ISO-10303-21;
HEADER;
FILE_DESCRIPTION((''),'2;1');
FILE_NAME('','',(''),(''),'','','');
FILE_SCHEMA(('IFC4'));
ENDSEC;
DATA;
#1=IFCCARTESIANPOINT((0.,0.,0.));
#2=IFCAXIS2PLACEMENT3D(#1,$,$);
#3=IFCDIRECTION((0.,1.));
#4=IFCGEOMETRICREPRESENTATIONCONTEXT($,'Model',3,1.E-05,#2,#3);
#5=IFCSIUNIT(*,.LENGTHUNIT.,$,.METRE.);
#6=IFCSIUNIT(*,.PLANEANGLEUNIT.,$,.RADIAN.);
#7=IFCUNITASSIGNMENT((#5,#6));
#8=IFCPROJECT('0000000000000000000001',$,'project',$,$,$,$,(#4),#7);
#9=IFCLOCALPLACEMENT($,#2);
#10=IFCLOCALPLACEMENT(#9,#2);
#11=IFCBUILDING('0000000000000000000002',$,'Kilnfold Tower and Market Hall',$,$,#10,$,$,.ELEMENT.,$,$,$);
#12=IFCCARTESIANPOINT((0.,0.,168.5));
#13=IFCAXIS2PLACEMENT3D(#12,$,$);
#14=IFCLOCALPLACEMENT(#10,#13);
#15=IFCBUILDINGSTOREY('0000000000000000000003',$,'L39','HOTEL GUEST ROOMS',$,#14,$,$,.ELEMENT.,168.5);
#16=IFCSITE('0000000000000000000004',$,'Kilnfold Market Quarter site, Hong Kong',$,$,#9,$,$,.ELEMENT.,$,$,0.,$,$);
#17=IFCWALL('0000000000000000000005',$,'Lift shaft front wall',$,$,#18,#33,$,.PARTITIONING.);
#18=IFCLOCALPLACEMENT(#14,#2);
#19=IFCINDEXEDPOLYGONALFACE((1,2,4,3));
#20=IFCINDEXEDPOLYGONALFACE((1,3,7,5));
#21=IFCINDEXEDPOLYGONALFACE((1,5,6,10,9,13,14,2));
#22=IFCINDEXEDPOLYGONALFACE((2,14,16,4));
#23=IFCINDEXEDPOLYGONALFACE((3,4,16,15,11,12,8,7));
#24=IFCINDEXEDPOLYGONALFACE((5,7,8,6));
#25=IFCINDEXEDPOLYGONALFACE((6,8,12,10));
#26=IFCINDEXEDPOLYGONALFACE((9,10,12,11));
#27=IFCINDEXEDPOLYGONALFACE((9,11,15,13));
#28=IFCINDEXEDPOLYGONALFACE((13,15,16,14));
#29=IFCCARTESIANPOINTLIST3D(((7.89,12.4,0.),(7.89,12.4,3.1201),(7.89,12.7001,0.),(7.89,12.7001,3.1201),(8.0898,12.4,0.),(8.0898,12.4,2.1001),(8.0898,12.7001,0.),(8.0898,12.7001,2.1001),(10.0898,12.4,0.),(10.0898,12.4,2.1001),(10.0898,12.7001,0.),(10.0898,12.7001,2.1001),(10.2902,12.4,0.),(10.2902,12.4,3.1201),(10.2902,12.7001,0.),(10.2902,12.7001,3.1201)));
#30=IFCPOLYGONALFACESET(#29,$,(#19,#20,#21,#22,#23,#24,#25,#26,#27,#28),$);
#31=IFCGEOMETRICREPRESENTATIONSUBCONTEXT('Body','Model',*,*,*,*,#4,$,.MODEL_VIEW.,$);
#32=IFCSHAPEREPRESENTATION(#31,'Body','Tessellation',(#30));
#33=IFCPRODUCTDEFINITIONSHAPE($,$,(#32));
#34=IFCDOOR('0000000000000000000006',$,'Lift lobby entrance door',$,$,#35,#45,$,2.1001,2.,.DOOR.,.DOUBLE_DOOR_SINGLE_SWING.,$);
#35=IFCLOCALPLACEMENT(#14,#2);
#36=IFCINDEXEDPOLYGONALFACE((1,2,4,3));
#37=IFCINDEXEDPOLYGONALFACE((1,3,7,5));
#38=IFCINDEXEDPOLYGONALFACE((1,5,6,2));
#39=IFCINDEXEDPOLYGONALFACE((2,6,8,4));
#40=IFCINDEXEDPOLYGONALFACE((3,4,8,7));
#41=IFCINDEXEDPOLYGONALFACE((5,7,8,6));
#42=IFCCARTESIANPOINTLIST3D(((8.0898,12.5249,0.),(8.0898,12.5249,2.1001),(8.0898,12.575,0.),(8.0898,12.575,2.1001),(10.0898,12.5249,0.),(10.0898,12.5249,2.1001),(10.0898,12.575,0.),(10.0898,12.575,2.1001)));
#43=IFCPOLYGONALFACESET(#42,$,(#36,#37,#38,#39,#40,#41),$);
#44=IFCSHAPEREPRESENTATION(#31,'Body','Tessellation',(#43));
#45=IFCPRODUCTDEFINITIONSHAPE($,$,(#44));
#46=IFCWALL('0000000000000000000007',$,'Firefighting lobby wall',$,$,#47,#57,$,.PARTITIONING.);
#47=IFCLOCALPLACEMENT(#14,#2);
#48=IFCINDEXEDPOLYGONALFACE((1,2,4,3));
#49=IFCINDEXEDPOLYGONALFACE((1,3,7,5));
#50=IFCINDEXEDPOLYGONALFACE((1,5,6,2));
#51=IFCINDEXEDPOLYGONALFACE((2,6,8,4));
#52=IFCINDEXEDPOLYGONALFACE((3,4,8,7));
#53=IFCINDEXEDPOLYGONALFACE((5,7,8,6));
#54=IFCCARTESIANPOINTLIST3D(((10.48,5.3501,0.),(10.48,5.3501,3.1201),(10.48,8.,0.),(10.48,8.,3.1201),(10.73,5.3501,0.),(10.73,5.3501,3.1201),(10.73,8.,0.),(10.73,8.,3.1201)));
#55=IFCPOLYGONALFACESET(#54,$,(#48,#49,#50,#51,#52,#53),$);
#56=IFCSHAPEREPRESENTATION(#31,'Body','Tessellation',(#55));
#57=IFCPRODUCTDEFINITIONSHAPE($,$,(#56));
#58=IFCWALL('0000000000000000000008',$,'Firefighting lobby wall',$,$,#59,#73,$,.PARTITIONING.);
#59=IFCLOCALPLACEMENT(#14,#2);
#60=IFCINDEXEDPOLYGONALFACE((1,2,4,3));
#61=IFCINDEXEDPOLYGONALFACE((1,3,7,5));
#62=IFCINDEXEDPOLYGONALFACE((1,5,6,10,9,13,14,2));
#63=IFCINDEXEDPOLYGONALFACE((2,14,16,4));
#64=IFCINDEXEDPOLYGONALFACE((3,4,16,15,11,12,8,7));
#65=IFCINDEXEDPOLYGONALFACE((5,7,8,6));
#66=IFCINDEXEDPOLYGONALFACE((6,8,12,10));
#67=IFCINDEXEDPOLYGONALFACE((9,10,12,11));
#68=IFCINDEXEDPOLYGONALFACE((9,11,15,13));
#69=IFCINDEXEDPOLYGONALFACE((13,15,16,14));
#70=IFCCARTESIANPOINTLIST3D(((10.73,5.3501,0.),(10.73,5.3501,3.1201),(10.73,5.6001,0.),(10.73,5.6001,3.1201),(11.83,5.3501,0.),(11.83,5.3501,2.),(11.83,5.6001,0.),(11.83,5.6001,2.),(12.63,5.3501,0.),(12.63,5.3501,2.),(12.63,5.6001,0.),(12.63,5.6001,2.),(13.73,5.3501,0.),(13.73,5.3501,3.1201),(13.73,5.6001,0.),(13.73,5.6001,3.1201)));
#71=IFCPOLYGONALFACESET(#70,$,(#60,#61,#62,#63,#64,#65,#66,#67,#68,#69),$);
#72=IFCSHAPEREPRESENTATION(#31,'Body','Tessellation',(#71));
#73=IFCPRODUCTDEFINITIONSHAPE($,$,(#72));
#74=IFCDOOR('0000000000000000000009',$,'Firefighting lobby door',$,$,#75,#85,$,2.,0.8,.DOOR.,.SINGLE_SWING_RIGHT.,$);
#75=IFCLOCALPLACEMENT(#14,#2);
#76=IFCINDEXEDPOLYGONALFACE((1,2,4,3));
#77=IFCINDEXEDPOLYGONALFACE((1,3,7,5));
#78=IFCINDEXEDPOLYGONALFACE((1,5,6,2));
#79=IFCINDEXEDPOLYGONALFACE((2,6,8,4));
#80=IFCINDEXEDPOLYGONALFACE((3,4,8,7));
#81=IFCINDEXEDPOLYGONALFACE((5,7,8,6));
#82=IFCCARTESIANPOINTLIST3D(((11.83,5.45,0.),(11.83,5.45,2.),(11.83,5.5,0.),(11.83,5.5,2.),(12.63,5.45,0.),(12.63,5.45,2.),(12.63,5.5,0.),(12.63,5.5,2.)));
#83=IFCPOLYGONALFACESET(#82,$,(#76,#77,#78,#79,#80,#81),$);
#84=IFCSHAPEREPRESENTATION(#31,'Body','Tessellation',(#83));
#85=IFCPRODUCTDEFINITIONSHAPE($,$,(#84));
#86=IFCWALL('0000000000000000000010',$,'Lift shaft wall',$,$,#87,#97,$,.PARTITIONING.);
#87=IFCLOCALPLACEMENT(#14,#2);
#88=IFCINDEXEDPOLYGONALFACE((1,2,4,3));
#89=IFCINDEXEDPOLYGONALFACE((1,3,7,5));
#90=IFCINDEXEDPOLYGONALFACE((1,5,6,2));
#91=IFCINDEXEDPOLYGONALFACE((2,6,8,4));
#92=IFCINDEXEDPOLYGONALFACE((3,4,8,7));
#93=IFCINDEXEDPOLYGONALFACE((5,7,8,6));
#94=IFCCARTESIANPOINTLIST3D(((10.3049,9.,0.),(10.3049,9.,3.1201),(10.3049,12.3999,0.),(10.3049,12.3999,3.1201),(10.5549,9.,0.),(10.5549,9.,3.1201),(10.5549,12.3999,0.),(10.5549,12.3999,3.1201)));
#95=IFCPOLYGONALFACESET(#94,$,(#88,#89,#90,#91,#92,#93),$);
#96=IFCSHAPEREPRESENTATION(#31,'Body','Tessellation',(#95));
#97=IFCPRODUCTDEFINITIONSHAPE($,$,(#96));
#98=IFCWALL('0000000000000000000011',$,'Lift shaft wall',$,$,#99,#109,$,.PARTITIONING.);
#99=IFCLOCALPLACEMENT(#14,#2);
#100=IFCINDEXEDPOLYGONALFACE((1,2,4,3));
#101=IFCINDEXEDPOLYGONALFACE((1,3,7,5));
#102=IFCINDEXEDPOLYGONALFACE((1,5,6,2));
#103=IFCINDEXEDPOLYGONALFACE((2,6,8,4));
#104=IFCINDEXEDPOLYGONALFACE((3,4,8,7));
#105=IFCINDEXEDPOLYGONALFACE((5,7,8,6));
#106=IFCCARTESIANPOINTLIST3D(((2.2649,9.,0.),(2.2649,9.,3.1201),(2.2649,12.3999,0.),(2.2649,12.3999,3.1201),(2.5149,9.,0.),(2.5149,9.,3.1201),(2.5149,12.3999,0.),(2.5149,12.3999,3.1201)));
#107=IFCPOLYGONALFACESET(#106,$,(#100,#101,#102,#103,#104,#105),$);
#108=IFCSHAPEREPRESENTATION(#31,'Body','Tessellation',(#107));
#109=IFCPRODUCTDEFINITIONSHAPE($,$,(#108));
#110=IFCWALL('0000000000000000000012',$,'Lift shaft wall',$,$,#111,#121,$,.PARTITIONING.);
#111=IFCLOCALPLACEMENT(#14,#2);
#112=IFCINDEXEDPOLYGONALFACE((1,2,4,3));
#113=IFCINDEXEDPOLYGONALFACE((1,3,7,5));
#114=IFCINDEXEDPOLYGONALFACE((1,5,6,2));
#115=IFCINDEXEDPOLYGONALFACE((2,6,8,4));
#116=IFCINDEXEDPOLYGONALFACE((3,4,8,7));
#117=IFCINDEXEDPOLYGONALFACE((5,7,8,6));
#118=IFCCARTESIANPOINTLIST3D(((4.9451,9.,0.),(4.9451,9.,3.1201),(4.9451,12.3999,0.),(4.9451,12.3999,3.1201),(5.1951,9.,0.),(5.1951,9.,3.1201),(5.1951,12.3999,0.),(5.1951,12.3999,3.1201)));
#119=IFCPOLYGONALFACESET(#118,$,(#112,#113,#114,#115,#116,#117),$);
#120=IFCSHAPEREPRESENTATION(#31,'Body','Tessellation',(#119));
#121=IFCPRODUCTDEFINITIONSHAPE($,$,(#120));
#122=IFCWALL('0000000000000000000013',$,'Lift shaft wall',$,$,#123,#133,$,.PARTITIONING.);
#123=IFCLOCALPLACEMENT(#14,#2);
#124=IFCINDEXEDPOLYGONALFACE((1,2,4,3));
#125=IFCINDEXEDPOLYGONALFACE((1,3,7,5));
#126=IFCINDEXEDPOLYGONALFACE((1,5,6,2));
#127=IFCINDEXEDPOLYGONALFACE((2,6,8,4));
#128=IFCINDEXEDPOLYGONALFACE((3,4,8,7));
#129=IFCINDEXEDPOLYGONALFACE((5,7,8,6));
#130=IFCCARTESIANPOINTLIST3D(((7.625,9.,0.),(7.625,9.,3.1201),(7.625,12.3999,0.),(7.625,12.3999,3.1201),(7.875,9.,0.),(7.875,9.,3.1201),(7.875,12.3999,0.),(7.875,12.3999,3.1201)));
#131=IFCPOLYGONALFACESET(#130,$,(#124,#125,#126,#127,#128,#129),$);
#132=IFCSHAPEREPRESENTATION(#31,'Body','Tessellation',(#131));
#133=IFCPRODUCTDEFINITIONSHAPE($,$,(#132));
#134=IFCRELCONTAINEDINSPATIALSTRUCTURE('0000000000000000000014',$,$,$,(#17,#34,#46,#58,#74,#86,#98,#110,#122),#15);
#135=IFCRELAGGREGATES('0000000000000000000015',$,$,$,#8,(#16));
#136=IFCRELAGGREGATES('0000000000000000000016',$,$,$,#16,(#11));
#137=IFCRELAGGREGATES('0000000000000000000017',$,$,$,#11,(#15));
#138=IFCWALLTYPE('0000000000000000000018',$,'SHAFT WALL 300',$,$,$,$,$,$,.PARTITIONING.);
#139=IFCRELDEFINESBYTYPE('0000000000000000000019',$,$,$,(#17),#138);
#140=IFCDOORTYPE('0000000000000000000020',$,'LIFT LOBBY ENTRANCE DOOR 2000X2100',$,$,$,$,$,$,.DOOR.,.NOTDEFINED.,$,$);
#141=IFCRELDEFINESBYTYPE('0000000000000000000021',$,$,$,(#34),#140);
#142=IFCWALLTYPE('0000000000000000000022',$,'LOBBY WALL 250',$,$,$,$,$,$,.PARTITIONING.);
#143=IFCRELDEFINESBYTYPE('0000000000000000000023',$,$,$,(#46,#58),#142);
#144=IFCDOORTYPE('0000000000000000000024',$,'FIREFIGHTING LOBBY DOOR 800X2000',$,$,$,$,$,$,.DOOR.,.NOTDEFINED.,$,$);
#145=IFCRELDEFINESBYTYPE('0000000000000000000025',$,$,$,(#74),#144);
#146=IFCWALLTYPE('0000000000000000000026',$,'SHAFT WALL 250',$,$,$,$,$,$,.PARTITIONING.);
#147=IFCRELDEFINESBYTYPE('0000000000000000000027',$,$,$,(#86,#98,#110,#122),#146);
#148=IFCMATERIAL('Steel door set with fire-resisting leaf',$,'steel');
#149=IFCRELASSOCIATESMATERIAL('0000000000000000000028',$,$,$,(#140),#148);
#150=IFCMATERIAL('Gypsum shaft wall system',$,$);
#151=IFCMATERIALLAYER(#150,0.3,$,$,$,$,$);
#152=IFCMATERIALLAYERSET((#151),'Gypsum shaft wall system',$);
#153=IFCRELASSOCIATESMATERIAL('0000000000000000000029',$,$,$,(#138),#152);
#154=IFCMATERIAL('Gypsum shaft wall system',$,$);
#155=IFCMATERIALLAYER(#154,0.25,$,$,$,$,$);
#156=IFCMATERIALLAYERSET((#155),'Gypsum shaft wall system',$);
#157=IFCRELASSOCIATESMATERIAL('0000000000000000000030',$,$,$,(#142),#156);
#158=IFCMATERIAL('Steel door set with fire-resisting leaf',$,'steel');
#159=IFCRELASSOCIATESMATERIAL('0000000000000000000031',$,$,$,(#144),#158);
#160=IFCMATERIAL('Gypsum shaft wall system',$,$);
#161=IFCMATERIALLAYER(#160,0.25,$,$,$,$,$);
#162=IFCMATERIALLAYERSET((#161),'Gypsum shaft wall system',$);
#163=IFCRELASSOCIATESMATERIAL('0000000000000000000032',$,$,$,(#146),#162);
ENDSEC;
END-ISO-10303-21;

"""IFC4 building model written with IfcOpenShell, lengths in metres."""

from ifc_helpers import new_model, si_unit, direction, frame, frame_2d, origin, place, context, subcontext, project, spatial, rectangle, extrude, source, transform, mapped, material, layer, layer_set, type_object, element, fill, save


model = new_model("IFC4")

# Units and contexts
model_context = context("Model", 3, precision=1e-05, world=origin(), true_north=direction((0.0, 1.0)))
body_context = subcontext(model_context, "Body", "Model", "MODEL_VIEW")
ifc_project = project(units=[si_unit("LENGTHUNIT", "METRE"), si_unit("PLANEANGLEUNIT", "RADIAN")], contexts=[model_context])

# Site, building, storey
site_placement = place(None, origin())
site = spatial("IfcSite", under=ifc_project, at=site_placement, Name="Kilnfold Market Quarter site, Hong Kong", CompositionType="ELEMENT", RefElevation=0.0)
building_placement = place(site_placement, origin())
building = spatial("IfcBuilding", under=site, at=building_placement, Name="Kilnfold Tower and Market Hall", CompositionType="ELEMENT")
storey_placement = place(building_placement, frame((0.0, 0.0, 168.5)))
storey = spatial("IfcBuildingStorey", under=building, at=storey_placement, Name="L39", Description="HOTEL GUEST ROOMS", CompositionType="ELEMENT", Elevation=168.5)

# Wall, opening, door
ifc_material_1 = material(Name="Steel door set with fire-resisting leaf", Category="steel")
door_type_1 = type_object("IfcDoorType", Name="LIFT LOBBY ENTRANCE DOOR 2000X2100", OperationType="NOTDEFINED", PredefinedType="DOOR", material=ifc_material_1)
ifc_material_2 = material(Name="Gypsum shaft wall system")
ifc_layer_1 = layer(ifc_material_2, 0.3)
ifc_layer_set_1 = layer_set([ifc_layer_1], Name="Gypsum shaft wall system")
wall_type_1 = type_object("IfcWallType", Name="SHAFT WALL 300", PredefinedType="PARTITIONING", material=ifc_layer_set_1)
shared_shape_1 = source(origin(), body_context, "Body", "SweptSolid", [
    extrude(rectangle(XDim=2.4001, YDim=0.3, at=frame_2d((1.2002, 0.0))), origin(), (0.0, 0.0, 1.0), 3.1201),
])
wall_1_placement = place(storey_placement, frame((7.8899, 12.55, 0.0), z_axis=(0.0, 0.0, 1.0), x_axis=(1.0, 0.0, 0.0)))
wall_1 = element("IfcWall", 1, at=wall_1_placement, inside=storey, type_object=wall_type_1, Name="Lift shaft front wall", PredefinedType="PARTITIONING", context=body_context, shape_type="MappedRepresentation", body=[
    mapped(shared_shape_1, transform((0.0, 0.0, 0.0))),
])
opening_1_placement = place(wall_1_placement, frame((0.2, 0.0, 0.0)))
opening_1 = element("IfcOpeningElement", 2, at=opening_1_placement, cuts=wall_1, PredefinedType="OPENING", context=body_context, shape_type="SweptSolid", body=[
    extrude(rectangle(XDim=2.0, YDim=2.1001, at=frame_2d((1.0, 1.05))), frame((0.0, 0.1602, 0.0), z_axis=(0.0, -1.0, 0.0), x_axis=(1.0, 0.0, 0.0)), (0.0, 0.0, 1.0), 0.3201),
])
door_1_placement = place(opening_1_placement, origin())
door_1 = element("IfcDoor", 3, at=door_1_placement, inside=storey, type_object=door_type_1, Name="Lift lobby entrance door", OperationType="DOUBLE_DOOR_SINGLE_SWING", OverallHeight=2.1001, OverallWidth=2.0, PredefinedType="DOOR", context=body_context, shape_type="SweptSolid", body=[
    extrude(rectangle(XDim=2.0, YDim=2.1001, at=frame_2d((1.0, 1.05))), frame((0.0, 0.0249, 0.0), z_axis=(0.0, -1.0, 0.0), x_axis=(1.0, 0.0, 0.0)), (0.0, 0.0, 1.0), 0.05),
])
fill(opening_1, door_1)

# Wall
ifc_material_3 = material(Name="Gypsum shaft wall system")
ifc_layer_2 = layer(ifc_material_3, 0.25)
ifc_layer_set_2 = layer_set([ifc_layer_2], Name="Gypsum shaft wall system")
wall_type_2 = type_object("IfcWallType", Name="LOBBY WALL 250", PredefinedType="PARTITIONING", material=ifc_layer_set_2)
shared_shape_2 = source(origin(), body_context, "Body", "SweptSolid", [
    extrude(rectangle(XDim=2.6499, YDim=0.25, at=frame_2d((1.325, 0.0))), origin(), (0.0, 0.0, 1.0), 3.1201),
])
wall_2_placement = place(storey_placement, frame((10.605, 5.3501, 0.0), z_axis=(0.0, 0.0, 1.0), x_axis=(0.0, 1.0, 0.0)))
element("IfcWall", 4, at=wall_2_placement, inside=storey, type_object=wall_type_2, Name="Firefighting lobby wall", PredefinedType="PARTITIONING", context=body_context, shape_type="MappedRepresentation", body=[
    mapped(shared_shape_2, transform((0.0, 0.0, 0.0))),
])

# Wall, opening, door
shared_shape_3 = source(origin(), body_context, "Body", "SweptSolid", [
    extrude(rectangle(XDim=3.0, YDim=0.25, at=frame_2d((1.5, 0.0))), origin(), (0.0, 0.0, 1.0), 3.1201),
])
wall_3_placement = place(storey_placement, frame((10.73, 5.4751, 0.0), z_axis=(0.0, 0.0, 1.0), x_axis=(1.0, 0.0, 0.0)))
wall_3 = element("IfcWall", 5, at=wall_3_placement, inside=storey, type_object=wall_type_2, Name="Firefighting lobby wall", PredefinedType="PARTITIONING", context=body_context, shape_type="MappedRepresentation", body=[
    mapped(shared_shape_3, transform((0.0, 0.0, 0.0))),
])
opening_2_placement = place(wall_3_placement, frame((1.1001, 0.0, 0.0)))
opening_2 = element("IfcOpeningElement", 6, at=opening_2_placement, cuts=wall_3, PredefinedType="OPENING", context=body_context, shape_type="SweptSolid", body=[
    extrude(rectangle(XDim=0.8, YDim=2.0, at=frame_2d((0.3999, 1.0))), frame((0.0, 0.135, 0.0), z_axis=(0.0, -1.0, 0.0), x_axis=(1.0, 0.0, 0.0)), (0.0, 0.0, 1.0), 0.27),
])
ifc_material_4 = material(Name="Steel door set with fire-resisting leaf", Category="steel")
door_type_2 = type_object("IfcDoorType", Name="FIREFIGHTING LOBBY DOOR 800X2000", OperationType="NOTDEFINED", PredefinedType="DOOR", material=ifc_material_4)
door_2_placement = place(opening_2_placement, origin())
door_2 = element("IfcDoor", 7, at=door_2_placement, inside=storey, type_object=door_type_2, Name="Firefighting lobby door", OperationType="SINGLE_SWING_RIGHT", OverallHeight=2.0, OverallWidth=0.8, PredefinedType="DOOR", context=body_context, shape_type="SweptSolid", body=[
    extrude(rectangle(XDim=0.8, YDim=2.0, at=frame_2d((0.3999, 1.0))), frame((0.0, 0.0249, 0.0), z_axis=(0.0, -1.0, 0.0), x_axis=(1.0, 0.0, 0.0)), (0.0, 0.0, 1.0), 0.05),
])
fill(opening_2, door_2)

# Walls
ifc_material_5 = material(Name="Gypsum shaft wall system")
ifc_layer_3 = layer(ifc_material_5, 0.25)
ifc_layer_set_3 = layer_set([ifc_layer_3], Name="Gypsum shaft wall system")
wall_type_3 = type_object("IfcWallType", Name="SHAFT WALL 250", PredefinedType="PARTITIONING", material=ifc_layer_set_3)
shared_shape_4 = source(origin(), body_context, "Body", "SweptSolid", [
    extrude(rectangle(XDim=3.3999, YDim=0.25, at=frame_2d((1.7, 0.0))), origin(), (0.0, 0.0, 1.0), 3.1201),
])
for number, where, z_axis, x_axis, name in (
    (8, (10.4299, 9.0, 0.0), (0.0, 0.0, 1.0), (0.0, 1.0, 0.0), "Lift shaft wall"),
    (9, (2.3899, 9.0, 0.0), (0.0, 0.0, 1.0), (0.0, 1.0, 0.0), "Lift shaft wall"),
    (10, (5.0701, 9.0, 0.0), (0.0, 0.0, 1.0), (0.0, 1.0, 0.0), "Lift shaft wall"),
    (11, (7.75, 9.0, 0.0), (0.0, 0.0, 1.0), (0.0, 1.0, 0.0), "Lift shaft wall"),
):
    element("IfcWall", number, at=place(storey_placement, frame(where, z_axis=z_axis, x_axis=x_axis)), inside=storey, type_object=wall_type_3, Name=name, PredefinedType="PARTITIONING", context=body_context, shape_type="MappedRepresentation", body=[
        mapped(shared_shape_4, transform((0.0, 0.0, 0.0))),
    ])

save(model, "model.ifc")
